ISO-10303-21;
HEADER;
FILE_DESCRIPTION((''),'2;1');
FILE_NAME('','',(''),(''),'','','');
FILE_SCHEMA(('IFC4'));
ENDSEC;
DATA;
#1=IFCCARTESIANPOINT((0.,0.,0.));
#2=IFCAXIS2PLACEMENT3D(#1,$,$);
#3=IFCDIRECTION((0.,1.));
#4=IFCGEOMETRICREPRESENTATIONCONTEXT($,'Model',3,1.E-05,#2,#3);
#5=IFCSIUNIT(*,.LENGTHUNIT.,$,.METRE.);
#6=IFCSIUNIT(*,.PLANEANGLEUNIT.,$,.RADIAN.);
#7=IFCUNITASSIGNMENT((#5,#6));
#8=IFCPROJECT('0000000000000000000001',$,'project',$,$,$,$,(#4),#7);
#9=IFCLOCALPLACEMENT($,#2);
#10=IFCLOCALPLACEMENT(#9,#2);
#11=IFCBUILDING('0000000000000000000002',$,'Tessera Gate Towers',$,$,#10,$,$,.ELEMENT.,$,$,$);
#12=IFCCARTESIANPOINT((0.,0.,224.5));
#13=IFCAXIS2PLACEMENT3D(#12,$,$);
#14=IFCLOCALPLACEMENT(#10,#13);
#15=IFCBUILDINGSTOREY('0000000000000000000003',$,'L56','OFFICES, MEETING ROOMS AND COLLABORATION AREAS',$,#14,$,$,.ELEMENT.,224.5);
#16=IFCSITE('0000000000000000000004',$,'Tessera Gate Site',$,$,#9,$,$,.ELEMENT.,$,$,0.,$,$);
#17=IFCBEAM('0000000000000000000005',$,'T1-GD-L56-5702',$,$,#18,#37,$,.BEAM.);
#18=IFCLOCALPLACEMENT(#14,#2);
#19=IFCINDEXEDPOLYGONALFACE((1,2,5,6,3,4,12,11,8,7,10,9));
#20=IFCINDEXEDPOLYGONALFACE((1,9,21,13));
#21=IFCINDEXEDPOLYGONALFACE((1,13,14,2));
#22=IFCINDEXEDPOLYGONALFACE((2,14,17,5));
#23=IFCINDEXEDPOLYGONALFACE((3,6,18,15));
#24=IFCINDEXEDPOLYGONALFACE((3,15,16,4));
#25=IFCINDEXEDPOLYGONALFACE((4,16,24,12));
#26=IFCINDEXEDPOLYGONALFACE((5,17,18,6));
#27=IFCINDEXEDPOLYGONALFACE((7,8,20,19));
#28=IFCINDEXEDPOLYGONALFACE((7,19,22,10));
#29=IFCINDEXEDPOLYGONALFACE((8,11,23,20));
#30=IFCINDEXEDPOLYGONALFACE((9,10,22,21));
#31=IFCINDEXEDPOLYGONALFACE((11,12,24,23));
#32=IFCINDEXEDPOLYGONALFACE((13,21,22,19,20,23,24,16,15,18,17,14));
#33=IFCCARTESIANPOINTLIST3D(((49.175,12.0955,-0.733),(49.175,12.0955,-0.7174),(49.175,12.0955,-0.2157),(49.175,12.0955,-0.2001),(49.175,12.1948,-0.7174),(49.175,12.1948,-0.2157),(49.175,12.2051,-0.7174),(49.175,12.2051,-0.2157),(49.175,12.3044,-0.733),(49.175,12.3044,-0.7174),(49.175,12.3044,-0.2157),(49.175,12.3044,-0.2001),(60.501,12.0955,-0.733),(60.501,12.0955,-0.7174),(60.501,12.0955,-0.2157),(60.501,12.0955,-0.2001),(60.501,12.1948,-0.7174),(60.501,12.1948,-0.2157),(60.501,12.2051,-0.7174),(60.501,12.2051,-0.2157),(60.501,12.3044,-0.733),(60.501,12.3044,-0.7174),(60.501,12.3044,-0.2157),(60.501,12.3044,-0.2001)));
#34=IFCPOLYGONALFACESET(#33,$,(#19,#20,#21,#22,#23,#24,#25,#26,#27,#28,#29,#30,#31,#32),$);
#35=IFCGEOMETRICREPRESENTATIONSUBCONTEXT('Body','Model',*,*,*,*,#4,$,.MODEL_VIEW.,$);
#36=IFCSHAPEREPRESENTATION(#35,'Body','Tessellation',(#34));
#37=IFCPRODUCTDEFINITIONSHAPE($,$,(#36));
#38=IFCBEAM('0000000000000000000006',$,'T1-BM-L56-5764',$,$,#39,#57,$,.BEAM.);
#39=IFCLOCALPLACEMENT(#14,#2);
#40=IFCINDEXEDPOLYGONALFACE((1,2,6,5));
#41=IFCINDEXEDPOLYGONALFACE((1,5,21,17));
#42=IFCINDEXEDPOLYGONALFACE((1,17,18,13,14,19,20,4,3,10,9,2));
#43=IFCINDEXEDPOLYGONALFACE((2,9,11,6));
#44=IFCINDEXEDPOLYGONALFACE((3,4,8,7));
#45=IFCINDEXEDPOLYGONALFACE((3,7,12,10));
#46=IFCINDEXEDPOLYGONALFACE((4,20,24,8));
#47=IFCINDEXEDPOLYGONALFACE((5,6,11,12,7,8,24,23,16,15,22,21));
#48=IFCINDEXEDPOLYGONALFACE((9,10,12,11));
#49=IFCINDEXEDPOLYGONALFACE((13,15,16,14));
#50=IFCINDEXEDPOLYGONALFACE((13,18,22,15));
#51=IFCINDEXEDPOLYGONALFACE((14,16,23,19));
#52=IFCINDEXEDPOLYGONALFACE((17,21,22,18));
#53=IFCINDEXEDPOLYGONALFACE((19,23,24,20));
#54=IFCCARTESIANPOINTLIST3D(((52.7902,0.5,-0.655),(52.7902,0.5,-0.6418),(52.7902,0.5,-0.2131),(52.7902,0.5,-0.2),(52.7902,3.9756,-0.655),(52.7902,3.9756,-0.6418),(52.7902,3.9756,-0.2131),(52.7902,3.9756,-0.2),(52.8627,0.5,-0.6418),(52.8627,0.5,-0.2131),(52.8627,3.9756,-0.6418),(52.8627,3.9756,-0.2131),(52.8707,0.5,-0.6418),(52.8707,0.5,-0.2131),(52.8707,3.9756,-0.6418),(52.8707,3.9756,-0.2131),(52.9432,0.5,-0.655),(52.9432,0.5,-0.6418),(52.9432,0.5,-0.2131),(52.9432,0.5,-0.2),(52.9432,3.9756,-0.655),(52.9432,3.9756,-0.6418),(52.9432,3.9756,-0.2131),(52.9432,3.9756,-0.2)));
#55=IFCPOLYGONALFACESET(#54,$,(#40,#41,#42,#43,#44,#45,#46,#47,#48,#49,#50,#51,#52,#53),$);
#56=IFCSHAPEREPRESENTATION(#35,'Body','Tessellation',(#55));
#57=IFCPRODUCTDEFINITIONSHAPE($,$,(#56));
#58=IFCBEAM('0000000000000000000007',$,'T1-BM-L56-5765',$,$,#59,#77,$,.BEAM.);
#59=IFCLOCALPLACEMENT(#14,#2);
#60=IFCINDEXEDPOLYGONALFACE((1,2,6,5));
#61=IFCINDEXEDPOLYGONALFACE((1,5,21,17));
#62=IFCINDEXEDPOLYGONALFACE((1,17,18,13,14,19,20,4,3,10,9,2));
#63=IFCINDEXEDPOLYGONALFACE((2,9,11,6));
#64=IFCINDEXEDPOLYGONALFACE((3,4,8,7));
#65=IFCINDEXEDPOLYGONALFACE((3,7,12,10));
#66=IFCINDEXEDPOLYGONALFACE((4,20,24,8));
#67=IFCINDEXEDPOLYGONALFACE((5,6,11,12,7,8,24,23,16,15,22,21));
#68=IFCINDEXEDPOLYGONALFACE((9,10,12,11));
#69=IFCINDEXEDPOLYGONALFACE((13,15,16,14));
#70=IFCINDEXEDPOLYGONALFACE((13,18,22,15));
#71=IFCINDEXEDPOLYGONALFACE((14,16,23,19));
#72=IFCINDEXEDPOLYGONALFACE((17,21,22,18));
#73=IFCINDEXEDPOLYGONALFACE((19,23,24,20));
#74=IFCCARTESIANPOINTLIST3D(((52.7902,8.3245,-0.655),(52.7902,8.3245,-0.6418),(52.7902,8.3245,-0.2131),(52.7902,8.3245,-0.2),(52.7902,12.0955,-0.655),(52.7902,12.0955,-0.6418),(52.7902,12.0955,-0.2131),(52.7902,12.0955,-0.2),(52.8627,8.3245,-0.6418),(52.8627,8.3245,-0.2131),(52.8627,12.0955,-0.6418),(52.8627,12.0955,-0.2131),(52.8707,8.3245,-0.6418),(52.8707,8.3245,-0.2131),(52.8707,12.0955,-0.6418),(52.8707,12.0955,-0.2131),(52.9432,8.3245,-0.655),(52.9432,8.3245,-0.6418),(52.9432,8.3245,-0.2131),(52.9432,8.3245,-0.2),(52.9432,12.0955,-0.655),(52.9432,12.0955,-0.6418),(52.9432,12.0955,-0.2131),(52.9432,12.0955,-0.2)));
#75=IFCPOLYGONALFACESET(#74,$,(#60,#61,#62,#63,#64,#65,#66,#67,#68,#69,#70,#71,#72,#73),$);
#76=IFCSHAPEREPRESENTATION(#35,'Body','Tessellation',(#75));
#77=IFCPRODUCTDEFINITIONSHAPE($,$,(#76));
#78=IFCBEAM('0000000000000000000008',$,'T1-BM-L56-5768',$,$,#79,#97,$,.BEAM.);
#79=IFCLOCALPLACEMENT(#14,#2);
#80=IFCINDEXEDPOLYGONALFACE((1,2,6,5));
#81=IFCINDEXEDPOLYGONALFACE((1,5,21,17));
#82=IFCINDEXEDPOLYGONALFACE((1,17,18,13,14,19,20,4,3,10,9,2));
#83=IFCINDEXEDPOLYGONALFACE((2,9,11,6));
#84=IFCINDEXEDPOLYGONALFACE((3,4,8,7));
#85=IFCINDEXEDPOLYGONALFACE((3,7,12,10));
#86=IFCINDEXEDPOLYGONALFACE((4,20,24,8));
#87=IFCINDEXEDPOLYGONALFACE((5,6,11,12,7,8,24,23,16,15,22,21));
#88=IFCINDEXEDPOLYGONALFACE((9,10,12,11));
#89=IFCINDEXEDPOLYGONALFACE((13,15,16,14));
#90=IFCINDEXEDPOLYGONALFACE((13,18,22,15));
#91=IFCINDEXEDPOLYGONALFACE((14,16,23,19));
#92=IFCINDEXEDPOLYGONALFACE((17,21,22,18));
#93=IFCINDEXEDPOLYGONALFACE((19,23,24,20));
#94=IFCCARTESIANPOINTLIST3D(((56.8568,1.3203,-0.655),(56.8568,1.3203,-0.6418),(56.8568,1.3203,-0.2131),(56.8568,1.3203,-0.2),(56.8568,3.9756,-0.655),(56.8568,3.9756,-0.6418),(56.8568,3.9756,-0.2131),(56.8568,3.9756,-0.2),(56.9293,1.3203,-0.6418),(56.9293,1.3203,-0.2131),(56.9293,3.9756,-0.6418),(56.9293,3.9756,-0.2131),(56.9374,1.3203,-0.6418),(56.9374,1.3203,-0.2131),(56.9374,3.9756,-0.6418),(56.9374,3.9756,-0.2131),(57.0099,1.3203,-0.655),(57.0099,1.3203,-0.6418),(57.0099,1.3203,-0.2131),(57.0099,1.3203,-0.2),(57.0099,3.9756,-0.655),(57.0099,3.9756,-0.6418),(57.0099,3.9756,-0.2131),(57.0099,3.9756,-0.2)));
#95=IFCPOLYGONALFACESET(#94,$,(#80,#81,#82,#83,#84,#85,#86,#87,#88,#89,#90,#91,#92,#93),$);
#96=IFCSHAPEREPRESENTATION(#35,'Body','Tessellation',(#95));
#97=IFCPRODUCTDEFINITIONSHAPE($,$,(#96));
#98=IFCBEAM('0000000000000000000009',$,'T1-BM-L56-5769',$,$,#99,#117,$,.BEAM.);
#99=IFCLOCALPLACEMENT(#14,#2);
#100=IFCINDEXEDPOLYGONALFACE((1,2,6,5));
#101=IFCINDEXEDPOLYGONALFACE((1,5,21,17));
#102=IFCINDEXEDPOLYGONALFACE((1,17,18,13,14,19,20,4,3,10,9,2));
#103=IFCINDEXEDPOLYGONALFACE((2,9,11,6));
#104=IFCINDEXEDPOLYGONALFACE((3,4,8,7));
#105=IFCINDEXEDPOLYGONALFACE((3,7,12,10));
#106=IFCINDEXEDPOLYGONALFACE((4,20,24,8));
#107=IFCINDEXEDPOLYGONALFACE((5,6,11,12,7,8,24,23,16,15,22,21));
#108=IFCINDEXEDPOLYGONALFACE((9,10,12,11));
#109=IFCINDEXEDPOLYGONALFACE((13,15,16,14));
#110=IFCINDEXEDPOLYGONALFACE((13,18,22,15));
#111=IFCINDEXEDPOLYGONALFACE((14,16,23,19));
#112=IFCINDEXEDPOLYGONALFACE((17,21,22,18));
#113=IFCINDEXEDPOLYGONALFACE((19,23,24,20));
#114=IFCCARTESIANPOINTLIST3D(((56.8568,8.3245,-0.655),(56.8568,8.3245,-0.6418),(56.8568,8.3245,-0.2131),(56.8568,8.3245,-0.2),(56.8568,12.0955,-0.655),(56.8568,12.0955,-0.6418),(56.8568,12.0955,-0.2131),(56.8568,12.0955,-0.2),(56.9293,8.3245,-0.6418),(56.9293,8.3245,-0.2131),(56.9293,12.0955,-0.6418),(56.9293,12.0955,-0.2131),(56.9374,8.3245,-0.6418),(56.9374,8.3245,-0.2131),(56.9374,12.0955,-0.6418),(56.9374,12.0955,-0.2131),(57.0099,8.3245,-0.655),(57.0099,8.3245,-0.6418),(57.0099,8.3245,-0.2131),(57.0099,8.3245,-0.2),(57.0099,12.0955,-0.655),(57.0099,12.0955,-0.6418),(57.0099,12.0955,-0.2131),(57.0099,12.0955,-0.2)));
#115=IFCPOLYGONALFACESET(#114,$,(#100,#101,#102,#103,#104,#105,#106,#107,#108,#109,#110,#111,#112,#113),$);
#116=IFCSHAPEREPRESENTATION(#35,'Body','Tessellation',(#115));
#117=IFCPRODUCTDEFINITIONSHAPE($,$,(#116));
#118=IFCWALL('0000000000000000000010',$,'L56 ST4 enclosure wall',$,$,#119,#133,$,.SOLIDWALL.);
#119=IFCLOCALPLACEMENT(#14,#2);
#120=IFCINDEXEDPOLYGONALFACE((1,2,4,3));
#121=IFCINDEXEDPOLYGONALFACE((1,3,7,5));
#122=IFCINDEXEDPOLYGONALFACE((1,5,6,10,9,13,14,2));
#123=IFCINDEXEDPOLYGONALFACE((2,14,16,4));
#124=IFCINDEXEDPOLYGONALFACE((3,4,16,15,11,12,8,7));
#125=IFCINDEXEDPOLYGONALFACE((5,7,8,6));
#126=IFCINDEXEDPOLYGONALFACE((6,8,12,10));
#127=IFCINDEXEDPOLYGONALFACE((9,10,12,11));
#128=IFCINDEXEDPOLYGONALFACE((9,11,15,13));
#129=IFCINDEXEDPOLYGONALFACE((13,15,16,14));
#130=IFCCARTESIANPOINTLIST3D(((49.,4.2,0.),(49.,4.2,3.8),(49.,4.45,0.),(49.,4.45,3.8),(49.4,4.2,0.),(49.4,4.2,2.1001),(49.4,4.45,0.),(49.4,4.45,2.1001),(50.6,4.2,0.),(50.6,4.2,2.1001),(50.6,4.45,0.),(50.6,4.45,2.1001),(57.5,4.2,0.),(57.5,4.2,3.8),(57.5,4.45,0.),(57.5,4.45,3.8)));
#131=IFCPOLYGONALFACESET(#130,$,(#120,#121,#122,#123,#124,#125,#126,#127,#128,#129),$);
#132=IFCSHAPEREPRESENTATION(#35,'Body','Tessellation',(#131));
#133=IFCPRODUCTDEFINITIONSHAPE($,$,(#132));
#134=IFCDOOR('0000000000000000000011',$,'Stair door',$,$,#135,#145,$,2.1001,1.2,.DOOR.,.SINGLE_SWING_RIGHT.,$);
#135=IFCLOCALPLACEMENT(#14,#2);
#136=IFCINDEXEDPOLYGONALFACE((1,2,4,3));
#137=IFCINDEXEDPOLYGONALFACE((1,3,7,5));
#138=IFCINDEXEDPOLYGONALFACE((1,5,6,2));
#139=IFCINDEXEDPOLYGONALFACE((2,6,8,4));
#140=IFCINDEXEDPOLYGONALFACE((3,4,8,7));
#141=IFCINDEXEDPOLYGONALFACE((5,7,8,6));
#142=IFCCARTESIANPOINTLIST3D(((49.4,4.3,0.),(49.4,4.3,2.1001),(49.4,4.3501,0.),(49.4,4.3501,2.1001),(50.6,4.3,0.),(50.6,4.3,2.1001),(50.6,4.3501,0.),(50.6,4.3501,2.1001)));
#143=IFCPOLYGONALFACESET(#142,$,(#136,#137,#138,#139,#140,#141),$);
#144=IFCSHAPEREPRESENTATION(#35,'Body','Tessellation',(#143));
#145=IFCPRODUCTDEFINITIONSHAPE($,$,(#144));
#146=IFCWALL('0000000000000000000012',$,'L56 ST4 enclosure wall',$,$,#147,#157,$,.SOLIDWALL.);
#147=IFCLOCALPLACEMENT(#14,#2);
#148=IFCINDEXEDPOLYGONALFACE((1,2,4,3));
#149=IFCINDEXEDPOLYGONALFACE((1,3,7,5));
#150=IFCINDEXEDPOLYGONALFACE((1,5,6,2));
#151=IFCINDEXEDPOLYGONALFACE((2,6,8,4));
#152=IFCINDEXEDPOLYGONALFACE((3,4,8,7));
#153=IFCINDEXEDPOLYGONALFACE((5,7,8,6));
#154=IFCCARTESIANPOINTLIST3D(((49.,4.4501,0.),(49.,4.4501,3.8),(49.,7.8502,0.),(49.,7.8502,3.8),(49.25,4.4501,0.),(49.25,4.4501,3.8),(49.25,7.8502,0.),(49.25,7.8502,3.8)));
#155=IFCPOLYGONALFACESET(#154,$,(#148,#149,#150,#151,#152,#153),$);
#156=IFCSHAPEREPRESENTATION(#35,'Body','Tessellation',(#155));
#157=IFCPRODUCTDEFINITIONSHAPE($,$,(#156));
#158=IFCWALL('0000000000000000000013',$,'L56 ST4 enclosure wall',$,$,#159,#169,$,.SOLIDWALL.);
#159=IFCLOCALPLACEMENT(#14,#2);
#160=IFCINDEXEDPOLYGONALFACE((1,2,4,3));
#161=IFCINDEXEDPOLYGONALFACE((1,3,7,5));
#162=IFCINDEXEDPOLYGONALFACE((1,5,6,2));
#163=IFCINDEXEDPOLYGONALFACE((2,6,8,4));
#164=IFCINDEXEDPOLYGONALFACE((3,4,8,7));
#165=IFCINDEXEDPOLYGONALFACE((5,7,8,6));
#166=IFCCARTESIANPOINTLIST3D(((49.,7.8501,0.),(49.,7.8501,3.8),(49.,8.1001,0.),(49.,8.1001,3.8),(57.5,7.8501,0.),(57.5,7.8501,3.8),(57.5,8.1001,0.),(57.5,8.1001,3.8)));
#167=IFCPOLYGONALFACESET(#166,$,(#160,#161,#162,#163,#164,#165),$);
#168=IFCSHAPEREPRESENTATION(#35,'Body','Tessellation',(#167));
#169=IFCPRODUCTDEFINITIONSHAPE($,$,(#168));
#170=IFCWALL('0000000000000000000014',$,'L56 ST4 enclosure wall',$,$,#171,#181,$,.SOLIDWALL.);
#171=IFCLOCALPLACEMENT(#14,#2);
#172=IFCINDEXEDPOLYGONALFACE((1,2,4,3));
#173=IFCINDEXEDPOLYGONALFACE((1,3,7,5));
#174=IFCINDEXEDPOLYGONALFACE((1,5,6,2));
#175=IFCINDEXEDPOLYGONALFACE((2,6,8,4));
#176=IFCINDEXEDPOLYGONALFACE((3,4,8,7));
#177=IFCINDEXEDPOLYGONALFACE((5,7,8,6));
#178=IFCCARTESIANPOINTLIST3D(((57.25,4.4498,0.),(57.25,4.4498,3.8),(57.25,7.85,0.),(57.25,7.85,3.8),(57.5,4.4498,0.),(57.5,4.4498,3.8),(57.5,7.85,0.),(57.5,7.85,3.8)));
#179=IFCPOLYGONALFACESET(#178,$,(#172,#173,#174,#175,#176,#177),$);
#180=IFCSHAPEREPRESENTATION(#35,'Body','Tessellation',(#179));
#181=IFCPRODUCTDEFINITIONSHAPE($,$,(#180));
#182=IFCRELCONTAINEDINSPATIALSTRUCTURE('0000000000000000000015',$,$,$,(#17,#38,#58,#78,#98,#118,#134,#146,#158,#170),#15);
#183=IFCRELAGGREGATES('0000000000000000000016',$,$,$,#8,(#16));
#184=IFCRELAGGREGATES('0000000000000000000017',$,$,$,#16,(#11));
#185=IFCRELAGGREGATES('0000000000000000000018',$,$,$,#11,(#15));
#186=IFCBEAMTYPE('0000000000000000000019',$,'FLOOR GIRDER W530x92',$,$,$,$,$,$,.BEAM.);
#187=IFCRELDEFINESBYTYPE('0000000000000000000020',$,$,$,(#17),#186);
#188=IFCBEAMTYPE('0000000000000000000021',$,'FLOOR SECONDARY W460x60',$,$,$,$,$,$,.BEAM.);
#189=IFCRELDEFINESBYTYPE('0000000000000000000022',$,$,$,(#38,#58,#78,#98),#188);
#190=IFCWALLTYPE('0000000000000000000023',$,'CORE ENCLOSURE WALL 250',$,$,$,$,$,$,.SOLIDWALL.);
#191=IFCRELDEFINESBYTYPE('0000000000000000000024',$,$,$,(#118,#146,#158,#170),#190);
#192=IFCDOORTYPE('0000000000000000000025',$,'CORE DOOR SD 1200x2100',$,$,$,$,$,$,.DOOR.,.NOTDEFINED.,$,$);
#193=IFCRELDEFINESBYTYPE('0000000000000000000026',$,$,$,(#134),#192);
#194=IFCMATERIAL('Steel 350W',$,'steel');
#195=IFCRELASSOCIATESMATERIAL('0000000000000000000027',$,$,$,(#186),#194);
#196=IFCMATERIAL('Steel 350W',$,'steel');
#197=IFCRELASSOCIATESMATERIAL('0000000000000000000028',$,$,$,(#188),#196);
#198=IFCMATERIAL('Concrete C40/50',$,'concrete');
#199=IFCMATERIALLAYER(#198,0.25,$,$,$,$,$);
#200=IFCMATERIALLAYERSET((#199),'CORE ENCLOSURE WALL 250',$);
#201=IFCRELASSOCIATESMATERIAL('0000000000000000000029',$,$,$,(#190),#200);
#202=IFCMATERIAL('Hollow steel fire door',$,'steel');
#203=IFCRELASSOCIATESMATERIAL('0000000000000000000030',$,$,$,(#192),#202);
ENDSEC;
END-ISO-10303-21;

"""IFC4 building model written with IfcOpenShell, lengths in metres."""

from ifc_helpers import new_model, si_unit, direction, frame, frame_2d, origin, origin_2d, place, context, subcontext, project, spatial, rectangle, i_section, extrude, source, transform, mapped, material, layer, layer_set, material_profile, profile_set, type_object, element, fill, save


model = new_model("IFC4")

# Units and contexts
model_context = context("Model", 3, precision=1e-05, world=origin(), true_north=direction((0.0, 1.0)))
body_context = subcontext(model_context, "Body", "Model", "MODEL_VIEW")
ifc_project = project(units=[si_unit("LENGTHUNIT", "METRE"), si_unit("PLANEANGLEUNIT", "RADIAN")], contexts=[model_context])

# Site, building, storey
site_placement = place(None, origin())
site = spatial("IfcSite", under=ifc_project, at=site_placement, Name="Tessera Gate Site", CompositionType="ELEMENT", RefElevation=0.0)
building_placement = place(site_placement, origin())
building = spatial("IfcBuilding", under=site, at=building_placement, Name="Tessera Gate Towers", CompositionType="ELEMENT")
storey_placement = place(building_placement, frame((0.0, 0.0, 224.5)))
storey = spatial("IfcBuildingStorey", under=building, at=storey_placement, Name="L56", Description="OFFICES, MEETING ROOMS AND COLLABORATION AREAS", CompositionType="ELEMENT", Elevation=224.5)

# Beams
ifc_material_1 = material(Name="Steel 350W", Category="steel")
ifc_material_profile_1 = material_profile(ifc_material_1, i_section(OverallWidth=0.209, OverallDepth=0.533, WebThickness=0.0103, FlangeThickness=0.0156, at=origin_2d()), Name="W530x92")
ifc_profile_set_1 = profile_set([ifc_material_profile_1], Name="Steel 350W")
beam_type_1 = type_object("IfcBeamType", Name="FLOOR GIRDER W530x92", PredefinedType="BEAM", material=ifc_profile_set_1)
beam_1_placement = place(storey_placement, frame((49.175, 12.2, -0.4666), z_axis=(1.0, 0.0, 0.0), x_axis=(0.0, 1.0, 0.0)))
element("IfcBeam", 1, at=beam_1_placement, inside=storey, type_object=beam_type_1, Name="T1-GD-L56-5702", PredefinedType="BEAM", context=body_context, shape_type="SweptSolid", body=[
    extrude(i_section(OverallWidth=0.209, OverallDepth=0.533, WebThickness=0.0103, FlangeThickness=0.0156, at=origin_2d()), origin(), (0.0, 0.0, 1.0), 11.3259),
])
ifc_material_2 = material(Name="Steel 350W", Category="steel")
ifc_material_profile_2 = material_profile(ifc_material_2, i_section(OverallWidth=0.1531, OverallDepth=0.4551, WebThickness=0.0081, FlangeThickness=0.0132, at=origin_2d()), Name="W460x60")
ifc_profile_set_2 = profile_set([ifc_material_profile_2], Name="Steel 350W")
beam_type_2 = type_object("IfcBeamType", Name="FLOOR SECONDARY W460x60", PredefinedType="BEAM", material=ifc_profile_set_2)
beam_2_placement = place(storey_placement, frame((52.8667, 0.5, -0.4275), z_axis=(0.0, 1.0, 0.0), x_axis=(-1.0, 0.0, 0.0)))
element("IfcBeam", 2, at=beam_2_placement, inside=storey, type_object=beam_type_2, Name="T1-BM-L56-5764", PredefinedType="BEAM", context=body_context, shape_type="SweptSolid", body=[
    extrude(i_section(OverallWidth=0.1531, OverallDepth=0.4551, WebThickness=0.0081, FlangeThickness=0.0132, at=origin_2d()), origin(), (0.0, 0.0, 1.0), 3.4756),
])
beam_3_placement = place(storey_placement, frame((52.8667, 8.3245, -0.4275), z_axis=(0.0, 1.0, 0.0), x_axis=(-1.0, 0.0, 0.0)))
element("IfcBeam", 3, at=beam_3_placement, inside=storey, type_object=beam_type_2, Name="T1-BM-L56-5765", PredefinedType="BEAM", context=body_context, shape_type="SweptSolid", body=[
    extrude(i_section(OverallWidth=0.1531, OverallDepth=0.4551, WebThickness=0.0081, FlangeThickness=0.0132, at=origin_2d()), origin(), (0.0, 0.0, 1.0), 3.771),
])
beam_4_placement = place(storey_placement, frame((56.9333, 1.3203, -0.4275), z_axis=(0.0, 1.0, 0.0), x_axis=(-1.0, 0.0, 0.0)))
element("IfcBeam", 4, at=beam_4_placement, inside=storey, type_object=beam_type_2, Name="T1-BM-L56-5768", PredefinedType="BEAM", context=body_context, shape_type="SweptSolid", body=[
    extrude(i_section(OverallWidth=0.1531, OverallDepth=0.4551, WebThickness=0.0081, FlangeThickness=0.0132, at=origin_2d()), origin(), (0.0, 0.0, 1.0), 2.6553),
])
beam_5_placement = place(storey_placement, frame((56.9333, 8.3245, -0.4275), z_axis=(0.0, 1.0, 0.0), x_axis=(-1.0, 0.0, 0.0)))
element("IfcBeam", 5, at=beam_5_placement, inside=storey, type_object=beam_type_2, Name="T1-BM-L56-5769", PredefinedType="BEAM", context=body_context, shape_type="SweptSolid", body=[
    extrude(i_section(OverallWidth=0.1531, OverallDepth=0.4551, WebThickness=0.0081, FlangeThickness=0.0132, at=origin_2d()), origin(), (0.0, 0.0, 1.0), 3.771),
])

# Wall, opening, door
ifc_material_3 = material(Name="Concrete C40/50", Category="concrete")
ifc_layer_1 = layer(ifc_material_3, 0.25)
ifc_layer_set_1 = layer_set([ifc_layer_1], Name="CORE ENCLOSURE WALL 250")
wall_type_1 = type_object("IfcWallType", Name="CORE ENCLOSURE WALL 250", PredefinedType="SOLIDWALL", material=ifc_layer_set_1)
wall_1_placement = place(storey_placement, frame((57.5, 4.325, 0.0), z_axis=(0.0, 0.0, 1.0), x_axis=(-1.0, 0.0, 0.0)))
wall_1 = element("IfcWall", 6, at=wall_1_placement, inside=storey, type_object=wall_type_1, Name="L56 ST4 enclosure wall", PredefinedType="SOLIDWALL", context=body_context, shape_type="SweptSolid", body=[
    extrude(rectangle(XDim=8.5, YDim=0.25, at=frame_2d((4.25, 0.0))), origin(), (0.0, 0.0, 1.0), 3.8),
])
shared_shape_1 = source(origin(), body_context, "Body", "SweptSolid", [
    extrude(rectangle(XDim=1.2, YDim=2.1001, at=frame_2d((0.6001, 1.05))), frame((0.0, 0.135, 0.0), z_axis=(0.0, -1.0, 0.0), x_axis=(1.0, 0.0, 0.0)), (0.0, 0.0, 1.0), 0.27),
])
opening_1_placement = place(wall_1_placement, frame((6.8999, 0.0, 0.0)))
opening_1 = element("IfcOpeningElement", 7, at=opening_1_placement, cuts=wall_1, PredefinedType="OPENING", context=body_context, shape_type="MappedRepresentation", body=[
    mapped(shared_shape_1, transform((0.0, 0.0, 0.0), scale=1.0)),
])
ifc_material_4 = material(Name="Hollow steel fire door", Category="steel")
door_type = type_object("IfcDoorType", Name="CORE DOOR SD 1200x2100", OperationType="NOTDEFINED", PredefinedType="DOOR", material=ifc_material_4)
shared_shape_2 = source(origin(), body_context, "Body", "SweptSolid", [
    extrude(rectangle(XDim=1.2, YDim=2.1001, at=frame_2d((0.6001, 1.05))), frame((0.0, 0.0249, 0.0), z_axis=(0.0, -1.0, 0.0), x_axis=(1.0, 0.0, 0.0)), (0.0, 0.0, 1.0), 0.05),
])
door_placement = place(opening_1_placement, origin())
door = element("IfcDoor", 8, at=door_placement, inside=storey, type_object=door_type, Name="Stair door", OperationType="SINGLE_SWING_RIGHT", OverallHeight=2.1001, OverallWidth=1.2, PredefinedType="DOOR", context=body_context, shape_type="MappedRepresentation", body=[
    mapped(shared_shape_2, transform((0.0, 0.0, 0.0), scale=1.0)),
])
fill(opening_1, door)

# Walls
wall_2_placement = place(storey_placement, frame((49.125, 4.45, 0.0), z_axis=(0.0, 0.0, 1.0), x_axis=(0.0, 1.0, 0.0)))
element("IfcWall", 9, at=wall_2_placement, inside=storey, type_object=wall_type_1, Name="L56 ST4 enclosure wall", PredefinedType="SOLIDWALL", context=body_context, shape_type="SweptSolid", body=[
    extrude(rectangle(XDim=3.4001, YDim=0.25, at=frame_2d((1.7002, 0.0))), origin(), (0.0, 0.0, 1.0), 3.8),
])
wall_3_placement = place(storey_placement, frame((49.0, 7.9751, 0.0), z_axis=(0.0, 0.0, 1.0), x_axis=(1.0, 0.0, 0.0)))
element("IfcWall", 10, at=wall_3_placement, inside=storey, type_object=wall_type_1, Name="L56 ST4 enclosure wall", PredefinedType="SOLIDWALL", context=body_context, shape_type="SweptSolid", body=[
    extrude(rectangle(XDim=8.5, YDim=0.25, at=frame_2d((4.25, 0.0))), origin(), (0.0, 0.0, 1.0), 3.8),
])
wall_4_placement = place(storey_placement, frame((57.375, 7.8501, 0.0), z_axis=(0.0, 0.0, 1.0), x_axis=(0.0, -1.0, 0.0)))
element("IfcWall", 11, at=wall_4_placement, inside=storey, type_object=wall_type_1, Name="L56 ST4 enclosure wall", PredefinedType="SOLIDWALL", context=body_context, shape_type="SweptSolid", body=[
    extrude(rectangle(XDim=3.4001, YDim=0.25, at=frame_2d((1.7002, 0.0))), origin(), (0.0, 0.0, 1.0), 3.8),
])

save(model, "model.ifc")
